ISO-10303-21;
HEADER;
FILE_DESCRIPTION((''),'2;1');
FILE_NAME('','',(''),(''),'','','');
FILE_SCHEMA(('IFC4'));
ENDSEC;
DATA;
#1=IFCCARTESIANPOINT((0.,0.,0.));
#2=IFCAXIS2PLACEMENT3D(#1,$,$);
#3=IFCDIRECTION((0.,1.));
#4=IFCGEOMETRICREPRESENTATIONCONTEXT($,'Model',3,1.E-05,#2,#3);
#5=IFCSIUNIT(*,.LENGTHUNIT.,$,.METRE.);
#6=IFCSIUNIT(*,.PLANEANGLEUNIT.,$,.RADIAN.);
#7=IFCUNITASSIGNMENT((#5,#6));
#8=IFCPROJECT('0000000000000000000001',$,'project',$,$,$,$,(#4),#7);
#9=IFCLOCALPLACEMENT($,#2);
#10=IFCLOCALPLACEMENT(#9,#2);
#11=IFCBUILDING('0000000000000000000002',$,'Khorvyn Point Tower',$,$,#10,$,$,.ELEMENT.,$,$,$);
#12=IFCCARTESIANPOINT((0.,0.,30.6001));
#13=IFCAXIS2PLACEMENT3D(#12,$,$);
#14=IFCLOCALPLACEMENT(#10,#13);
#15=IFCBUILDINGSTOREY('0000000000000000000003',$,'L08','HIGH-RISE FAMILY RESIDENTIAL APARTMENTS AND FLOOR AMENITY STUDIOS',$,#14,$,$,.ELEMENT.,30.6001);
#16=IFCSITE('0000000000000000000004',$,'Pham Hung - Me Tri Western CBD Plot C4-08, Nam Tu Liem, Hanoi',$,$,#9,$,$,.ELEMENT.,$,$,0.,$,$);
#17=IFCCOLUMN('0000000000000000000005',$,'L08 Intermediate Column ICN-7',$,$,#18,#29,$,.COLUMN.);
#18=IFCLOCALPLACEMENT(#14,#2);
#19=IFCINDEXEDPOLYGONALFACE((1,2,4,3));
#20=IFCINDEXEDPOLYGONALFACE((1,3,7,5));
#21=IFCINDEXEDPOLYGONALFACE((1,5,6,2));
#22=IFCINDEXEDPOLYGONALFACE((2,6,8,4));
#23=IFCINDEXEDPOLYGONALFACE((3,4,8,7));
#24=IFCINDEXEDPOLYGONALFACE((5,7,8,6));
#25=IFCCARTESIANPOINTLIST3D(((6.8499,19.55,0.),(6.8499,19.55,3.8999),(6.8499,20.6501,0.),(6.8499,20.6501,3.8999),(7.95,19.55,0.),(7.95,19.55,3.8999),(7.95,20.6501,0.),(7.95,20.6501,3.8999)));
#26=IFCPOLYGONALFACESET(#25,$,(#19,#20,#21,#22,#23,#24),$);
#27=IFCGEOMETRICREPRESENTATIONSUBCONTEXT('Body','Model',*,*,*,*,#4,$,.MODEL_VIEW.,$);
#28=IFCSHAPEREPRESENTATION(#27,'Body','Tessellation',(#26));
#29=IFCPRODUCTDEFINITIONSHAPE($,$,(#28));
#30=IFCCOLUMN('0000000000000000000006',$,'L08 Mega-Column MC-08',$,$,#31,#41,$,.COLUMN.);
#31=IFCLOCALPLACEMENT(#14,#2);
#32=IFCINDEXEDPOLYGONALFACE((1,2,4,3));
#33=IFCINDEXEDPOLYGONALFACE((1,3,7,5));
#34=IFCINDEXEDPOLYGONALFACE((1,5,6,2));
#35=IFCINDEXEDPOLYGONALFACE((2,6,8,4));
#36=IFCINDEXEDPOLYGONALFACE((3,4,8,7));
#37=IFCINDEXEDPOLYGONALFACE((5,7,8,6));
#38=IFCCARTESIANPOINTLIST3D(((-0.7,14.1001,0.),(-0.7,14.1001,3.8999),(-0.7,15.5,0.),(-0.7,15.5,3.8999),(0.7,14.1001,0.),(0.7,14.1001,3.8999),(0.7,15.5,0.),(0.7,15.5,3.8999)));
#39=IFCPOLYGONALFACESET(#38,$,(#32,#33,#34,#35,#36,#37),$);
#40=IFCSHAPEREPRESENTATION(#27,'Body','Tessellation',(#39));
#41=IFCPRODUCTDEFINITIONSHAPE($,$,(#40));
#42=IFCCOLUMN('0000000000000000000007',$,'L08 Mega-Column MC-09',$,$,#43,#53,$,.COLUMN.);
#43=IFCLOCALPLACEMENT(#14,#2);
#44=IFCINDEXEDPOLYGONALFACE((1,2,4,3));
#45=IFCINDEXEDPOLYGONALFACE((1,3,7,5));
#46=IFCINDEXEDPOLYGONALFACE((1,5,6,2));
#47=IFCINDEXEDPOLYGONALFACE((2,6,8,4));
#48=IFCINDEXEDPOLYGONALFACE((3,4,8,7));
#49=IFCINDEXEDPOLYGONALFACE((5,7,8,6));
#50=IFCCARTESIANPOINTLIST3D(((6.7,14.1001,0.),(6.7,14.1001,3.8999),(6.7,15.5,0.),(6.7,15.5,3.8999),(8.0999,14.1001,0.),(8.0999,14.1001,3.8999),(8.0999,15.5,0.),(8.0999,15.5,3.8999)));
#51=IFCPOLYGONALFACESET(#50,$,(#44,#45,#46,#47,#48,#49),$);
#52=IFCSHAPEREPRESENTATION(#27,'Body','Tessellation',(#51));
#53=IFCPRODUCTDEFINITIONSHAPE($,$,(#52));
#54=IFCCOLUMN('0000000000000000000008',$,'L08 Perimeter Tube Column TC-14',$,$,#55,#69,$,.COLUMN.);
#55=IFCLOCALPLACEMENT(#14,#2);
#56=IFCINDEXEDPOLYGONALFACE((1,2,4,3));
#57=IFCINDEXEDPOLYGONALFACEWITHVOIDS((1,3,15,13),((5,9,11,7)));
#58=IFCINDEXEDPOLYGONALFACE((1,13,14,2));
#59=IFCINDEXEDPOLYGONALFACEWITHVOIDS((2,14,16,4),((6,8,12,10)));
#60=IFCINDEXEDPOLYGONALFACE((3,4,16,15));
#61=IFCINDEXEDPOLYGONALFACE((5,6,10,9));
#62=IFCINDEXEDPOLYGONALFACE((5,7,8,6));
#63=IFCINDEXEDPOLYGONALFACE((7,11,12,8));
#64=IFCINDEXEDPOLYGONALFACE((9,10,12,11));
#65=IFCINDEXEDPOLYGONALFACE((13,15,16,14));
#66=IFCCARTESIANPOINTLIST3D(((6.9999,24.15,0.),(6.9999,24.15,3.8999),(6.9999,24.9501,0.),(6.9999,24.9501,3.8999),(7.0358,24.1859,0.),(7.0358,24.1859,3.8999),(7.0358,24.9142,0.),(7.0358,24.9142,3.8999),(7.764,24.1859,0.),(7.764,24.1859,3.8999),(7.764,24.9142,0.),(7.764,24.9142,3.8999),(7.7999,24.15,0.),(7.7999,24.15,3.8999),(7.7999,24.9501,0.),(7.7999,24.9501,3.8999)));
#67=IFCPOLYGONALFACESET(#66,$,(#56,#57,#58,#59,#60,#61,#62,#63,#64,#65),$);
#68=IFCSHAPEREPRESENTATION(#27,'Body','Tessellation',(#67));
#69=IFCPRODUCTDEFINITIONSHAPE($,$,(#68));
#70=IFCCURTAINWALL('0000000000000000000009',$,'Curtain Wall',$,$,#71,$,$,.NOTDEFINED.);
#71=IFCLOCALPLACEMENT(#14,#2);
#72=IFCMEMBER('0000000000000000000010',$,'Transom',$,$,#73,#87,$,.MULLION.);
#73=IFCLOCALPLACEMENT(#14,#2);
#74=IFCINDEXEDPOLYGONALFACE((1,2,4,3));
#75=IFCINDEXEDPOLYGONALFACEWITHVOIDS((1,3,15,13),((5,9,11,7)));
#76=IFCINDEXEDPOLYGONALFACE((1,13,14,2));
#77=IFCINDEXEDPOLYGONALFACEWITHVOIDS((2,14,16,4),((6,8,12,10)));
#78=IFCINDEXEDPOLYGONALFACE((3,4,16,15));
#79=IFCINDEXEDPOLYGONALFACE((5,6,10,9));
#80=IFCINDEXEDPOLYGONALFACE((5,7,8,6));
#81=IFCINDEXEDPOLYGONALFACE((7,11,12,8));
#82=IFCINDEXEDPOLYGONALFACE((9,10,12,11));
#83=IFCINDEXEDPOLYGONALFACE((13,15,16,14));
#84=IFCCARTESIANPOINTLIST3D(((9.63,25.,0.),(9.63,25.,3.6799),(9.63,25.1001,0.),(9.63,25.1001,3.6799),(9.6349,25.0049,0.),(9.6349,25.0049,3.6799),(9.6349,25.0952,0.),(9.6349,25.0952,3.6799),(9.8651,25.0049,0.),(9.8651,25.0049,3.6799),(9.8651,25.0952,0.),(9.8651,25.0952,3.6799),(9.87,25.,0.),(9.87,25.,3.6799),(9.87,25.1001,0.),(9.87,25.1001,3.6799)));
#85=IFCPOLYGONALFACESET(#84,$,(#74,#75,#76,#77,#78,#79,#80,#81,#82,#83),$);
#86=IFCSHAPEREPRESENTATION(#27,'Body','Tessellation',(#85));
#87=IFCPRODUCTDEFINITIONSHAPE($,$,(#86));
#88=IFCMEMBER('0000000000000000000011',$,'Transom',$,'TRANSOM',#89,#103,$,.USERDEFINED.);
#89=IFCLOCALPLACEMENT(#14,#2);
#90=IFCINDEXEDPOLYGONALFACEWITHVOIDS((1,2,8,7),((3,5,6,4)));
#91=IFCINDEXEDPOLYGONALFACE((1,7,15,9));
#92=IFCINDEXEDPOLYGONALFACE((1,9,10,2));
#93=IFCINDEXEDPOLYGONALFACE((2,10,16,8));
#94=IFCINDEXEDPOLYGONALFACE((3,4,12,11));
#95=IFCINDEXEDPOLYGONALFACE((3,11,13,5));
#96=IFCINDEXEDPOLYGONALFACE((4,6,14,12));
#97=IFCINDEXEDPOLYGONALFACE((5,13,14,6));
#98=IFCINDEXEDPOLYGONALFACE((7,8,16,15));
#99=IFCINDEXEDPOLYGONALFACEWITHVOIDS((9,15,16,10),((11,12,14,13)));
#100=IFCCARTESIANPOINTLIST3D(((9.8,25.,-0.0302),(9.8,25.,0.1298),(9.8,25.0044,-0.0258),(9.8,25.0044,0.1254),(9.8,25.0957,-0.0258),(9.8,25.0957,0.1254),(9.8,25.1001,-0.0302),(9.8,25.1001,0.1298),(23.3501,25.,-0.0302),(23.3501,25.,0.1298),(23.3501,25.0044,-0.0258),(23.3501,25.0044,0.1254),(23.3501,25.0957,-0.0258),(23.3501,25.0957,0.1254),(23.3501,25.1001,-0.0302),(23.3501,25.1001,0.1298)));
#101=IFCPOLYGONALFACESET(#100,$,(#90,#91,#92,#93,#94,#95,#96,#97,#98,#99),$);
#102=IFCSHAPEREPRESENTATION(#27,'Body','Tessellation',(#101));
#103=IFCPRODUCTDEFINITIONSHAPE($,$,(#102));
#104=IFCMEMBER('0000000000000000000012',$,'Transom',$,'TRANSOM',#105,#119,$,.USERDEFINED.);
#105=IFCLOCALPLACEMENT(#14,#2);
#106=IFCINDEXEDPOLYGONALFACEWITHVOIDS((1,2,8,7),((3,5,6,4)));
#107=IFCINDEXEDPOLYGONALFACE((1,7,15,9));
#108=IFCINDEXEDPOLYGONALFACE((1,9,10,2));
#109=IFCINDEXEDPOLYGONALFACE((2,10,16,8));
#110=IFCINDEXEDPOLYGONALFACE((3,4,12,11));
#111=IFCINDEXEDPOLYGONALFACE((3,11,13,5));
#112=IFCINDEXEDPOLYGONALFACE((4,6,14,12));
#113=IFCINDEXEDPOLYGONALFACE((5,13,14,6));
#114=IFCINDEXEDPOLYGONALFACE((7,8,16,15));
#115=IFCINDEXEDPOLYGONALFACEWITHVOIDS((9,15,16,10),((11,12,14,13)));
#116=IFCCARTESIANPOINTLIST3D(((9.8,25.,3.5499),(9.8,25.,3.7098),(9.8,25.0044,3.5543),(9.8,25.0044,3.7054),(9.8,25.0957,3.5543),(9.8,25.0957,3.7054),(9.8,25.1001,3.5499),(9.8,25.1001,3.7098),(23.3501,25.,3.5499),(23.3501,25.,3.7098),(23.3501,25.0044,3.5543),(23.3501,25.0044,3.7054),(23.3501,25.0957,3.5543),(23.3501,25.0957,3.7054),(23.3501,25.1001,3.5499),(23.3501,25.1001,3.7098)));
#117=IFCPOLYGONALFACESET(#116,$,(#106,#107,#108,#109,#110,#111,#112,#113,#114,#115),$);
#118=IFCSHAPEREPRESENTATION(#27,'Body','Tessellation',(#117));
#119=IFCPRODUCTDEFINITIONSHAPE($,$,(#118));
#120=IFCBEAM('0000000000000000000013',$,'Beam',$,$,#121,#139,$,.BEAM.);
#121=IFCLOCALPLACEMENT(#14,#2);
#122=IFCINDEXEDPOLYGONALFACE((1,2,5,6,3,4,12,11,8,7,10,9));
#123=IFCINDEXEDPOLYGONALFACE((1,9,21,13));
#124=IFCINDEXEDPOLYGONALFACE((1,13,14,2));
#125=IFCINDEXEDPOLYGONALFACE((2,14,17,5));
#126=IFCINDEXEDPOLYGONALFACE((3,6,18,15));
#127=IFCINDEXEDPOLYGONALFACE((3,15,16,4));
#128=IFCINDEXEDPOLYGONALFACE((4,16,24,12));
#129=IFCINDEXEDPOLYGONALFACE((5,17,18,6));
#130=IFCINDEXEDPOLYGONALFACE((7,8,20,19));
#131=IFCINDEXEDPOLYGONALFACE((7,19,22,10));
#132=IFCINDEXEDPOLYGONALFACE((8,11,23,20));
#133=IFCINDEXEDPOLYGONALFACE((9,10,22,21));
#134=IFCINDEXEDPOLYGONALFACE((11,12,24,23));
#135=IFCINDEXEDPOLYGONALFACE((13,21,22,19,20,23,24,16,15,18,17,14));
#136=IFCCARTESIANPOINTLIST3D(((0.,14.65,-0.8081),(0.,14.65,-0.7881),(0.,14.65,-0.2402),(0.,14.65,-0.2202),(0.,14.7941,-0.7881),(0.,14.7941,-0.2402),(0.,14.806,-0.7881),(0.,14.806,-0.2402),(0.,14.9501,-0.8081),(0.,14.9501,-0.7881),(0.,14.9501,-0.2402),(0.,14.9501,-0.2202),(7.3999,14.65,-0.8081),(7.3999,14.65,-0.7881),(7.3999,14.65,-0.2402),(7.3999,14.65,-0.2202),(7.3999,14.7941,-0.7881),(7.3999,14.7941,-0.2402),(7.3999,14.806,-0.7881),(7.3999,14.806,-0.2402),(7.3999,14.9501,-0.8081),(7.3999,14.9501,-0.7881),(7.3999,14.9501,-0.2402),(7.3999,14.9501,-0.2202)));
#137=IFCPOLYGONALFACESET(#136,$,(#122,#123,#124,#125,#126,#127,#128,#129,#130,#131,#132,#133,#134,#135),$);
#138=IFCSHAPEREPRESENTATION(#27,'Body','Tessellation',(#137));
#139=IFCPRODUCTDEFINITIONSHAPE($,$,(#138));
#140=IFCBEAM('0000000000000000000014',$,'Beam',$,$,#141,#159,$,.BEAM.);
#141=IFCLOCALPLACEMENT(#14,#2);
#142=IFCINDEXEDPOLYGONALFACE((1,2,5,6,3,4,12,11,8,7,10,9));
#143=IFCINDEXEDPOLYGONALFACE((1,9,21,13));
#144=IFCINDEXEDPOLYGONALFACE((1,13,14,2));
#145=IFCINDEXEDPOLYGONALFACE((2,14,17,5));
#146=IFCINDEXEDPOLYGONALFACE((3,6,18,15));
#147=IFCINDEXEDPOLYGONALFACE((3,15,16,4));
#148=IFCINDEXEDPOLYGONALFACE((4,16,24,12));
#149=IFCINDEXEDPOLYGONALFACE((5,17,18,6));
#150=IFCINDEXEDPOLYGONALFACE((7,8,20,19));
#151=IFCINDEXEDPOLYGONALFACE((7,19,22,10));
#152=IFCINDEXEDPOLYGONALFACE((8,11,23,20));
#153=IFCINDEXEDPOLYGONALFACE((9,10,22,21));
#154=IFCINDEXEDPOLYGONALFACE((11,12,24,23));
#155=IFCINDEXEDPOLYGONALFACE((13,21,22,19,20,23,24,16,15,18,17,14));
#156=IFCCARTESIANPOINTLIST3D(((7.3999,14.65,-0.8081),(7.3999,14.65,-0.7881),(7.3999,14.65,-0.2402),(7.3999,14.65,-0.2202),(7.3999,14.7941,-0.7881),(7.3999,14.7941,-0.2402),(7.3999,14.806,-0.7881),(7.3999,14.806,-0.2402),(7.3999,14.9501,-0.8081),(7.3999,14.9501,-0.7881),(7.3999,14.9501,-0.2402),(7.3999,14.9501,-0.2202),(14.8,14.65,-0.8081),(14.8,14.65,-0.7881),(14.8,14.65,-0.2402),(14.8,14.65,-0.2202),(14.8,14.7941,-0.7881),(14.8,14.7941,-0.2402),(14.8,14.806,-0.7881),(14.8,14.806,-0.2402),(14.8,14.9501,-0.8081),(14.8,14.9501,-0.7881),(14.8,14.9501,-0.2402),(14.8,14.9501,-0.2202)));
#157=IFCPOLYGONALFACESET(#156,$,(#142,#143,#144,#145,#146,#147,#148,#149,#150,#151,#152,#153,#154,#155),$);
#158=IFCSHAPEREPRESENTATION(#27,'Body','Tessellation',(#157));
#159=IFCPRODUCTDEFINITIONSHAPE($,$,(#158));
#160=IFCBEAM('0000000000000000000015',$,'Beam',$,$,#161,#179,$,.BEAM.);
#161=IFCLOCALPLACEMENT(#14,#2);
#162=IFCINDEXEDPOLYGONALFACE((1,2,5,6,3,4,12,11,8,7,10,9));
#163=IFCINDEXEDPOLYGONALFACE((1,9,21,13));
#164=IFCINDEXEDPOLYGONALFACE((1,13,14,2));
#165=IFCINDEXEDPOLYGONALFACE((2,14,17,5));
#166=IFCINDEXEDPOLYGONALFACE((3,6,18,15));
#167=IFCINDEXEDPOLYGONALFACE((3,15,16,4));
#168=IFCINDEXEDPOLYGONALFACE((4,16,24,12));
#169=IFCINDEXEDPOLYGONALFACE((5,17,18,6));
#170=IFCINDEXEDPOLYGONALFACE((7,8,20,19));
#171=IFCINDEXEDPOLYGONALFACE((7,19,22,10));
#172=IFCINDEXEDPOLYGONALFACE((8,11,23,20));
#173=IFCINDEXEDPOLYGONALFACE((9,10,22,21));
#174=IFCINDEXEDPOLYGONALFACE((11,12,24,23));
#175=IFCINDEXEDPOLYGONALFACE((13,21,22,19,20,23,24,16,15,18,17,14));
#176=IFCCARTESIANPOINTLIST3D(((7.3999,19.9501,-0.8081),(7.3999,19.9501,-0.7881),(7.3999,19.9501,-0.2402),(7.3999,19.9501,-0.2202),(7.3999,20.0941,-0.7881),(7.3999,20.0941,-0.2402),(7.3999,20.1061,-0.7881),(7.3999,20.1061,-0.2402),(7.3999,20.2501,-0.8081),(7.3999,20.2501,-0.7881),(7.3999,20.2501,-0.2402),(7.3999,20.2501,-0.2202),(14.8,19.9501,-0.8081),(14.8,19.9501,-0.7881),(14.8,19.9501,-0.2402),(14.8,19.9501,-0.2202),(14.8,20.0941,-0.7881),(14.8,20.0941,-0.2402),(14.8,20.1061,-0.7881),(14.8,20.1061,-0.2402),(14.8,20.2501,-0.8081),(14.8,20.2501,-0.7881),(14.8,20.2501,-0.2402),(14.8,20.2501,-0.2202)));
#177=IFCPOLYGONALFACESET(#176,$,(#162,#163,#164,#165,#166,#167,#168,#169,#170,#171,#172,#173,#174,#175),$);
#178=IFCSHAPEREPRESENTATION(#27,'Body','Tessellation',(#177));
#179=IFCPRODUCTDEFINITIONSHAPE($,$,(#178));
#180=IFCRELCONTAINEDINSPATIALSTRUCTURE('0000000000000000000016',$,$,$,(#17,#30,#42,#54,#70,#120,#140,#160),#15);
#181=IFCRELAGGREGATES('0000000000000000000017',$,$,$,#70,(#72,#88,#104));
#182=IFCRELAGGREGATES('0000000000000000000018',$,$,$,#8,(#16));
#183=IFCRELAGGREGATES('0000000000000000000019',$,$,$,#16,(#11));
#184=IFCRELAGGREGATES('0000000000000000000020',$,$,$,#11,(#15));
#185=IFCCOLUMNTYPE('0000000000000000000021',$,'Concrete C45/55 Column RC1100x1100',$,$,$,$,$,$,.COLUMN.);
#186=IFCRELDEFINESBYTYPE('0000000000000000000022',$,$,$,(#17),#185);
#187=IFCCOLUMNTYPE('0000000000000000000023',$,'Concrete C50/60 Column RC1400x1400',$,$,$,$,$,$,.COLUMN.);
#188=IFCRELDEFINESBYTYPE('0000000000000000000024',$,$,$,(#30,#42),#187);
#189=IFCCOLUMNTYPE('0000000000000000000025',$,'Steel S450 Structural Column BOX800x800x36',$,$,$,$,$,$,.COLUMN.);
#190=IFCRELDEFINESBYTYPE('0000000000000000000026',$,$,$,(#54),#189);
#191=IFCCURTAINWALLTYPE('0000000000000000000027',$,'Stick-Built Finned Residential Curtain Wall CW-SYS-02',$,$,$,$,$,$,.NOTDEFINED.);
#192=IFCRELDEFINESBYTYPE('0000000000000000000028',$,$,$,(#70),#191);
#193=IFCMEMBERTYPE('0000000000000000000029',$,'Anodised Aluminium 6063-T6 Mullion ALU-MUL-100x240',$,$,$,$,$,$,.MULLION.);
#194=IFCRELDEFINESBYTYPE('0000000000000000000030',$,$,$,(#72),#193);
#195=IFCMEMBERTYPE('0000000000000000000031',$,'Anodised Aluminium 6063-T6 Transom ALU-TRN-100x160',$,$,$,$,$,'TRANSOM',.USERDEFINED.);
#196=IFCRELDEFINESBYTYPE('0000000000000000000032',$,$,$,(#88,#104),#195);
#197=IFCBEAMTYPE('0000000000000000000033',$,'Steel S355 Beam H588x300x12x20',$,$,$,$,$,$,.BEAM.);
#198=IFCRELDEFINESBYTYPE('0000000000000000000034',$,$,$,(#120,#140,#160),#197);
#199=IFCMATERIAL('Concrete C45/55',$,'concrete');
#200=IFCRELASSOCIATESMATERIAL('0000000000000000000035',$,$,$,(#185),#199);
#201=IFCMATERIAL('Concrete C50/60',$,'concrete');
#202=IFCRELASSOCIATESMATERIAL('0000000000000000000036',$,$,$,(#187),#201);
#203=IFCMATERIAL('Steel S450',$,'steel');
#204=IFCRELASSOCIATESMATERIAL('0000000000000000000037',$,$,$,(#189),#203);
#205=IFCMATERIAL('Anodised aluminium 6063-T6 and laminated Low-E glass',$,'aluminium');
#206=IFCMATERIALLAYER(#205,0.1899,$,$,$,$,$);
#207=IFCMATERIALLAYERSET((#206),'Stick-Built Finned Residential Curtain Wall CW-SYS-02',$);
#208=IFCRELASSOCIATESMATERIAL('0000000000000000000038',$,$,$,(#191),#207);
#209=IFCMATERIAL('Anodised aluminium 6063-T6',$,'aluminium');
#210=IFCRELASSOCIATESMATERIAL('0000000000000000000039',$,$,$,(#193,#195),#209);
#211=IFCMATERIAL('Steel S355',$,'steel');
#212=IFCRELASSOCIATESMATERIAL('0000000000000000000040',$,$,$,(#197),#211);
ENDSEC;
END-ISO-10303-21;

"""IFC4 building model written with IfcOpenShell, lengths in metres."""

from ifc_helpers import new_model, si_unit, direction, frame, origin, origin_2d, place, context, subcontext, project, spatial, rectangle, hollow_rectangle, i_section, extrude, material, layer, layer_set, material_profile, profile_set, type_object, element, aggregate, save


model = new_model("IFC4")

# Units and contexts
model_context = context("Model", 3, precision=1e-05, world=origin(), true_north=direction((0.0, 1.0)))
body_context = subcontext(model_context, "Body", "Model", "MODEL_VIEW")
ifc_project = project(units=[si_unit("LENGTHUNIT", "METRE"), si_unit("PLANEANGLEUNIT", "RADIAN")], contexts=[model_context])

# Site, building, storey
site_placement = place(None, origin())
site = spatial("IfcSite", under=ifc_project, at=site_placement, Name="Pham Hung - Me Tri Western CBD Plot C4-08, Nam Tu Liem, Hanoi", CompositionType="ELEMENT", RefElevation=0.0)
building_placement = place(site_placement, origin())
building = spatial("IfcBuilding", under=site, at=building_placement, Name="Khorvyn Point Tower", CompositionType="ELEMENT")
storey_placement = place(building_placement, frame((0.0, 0.0, 30.6001)))
storey = spatial("IfcBuildingStorey", under=building, at=storey_placement, Name="L08", Description="HIGH-RISE FAMILY RESIDENTIAL APARTMENTS AND FLOOR AMENITY STUDIOS", CompositionType="ELEMENT", Elevation=30.6001)

# Columns
ifc_material_1 = material(Name="Concrete C45/55", Category="concrete")
ifc_material_profile_1 = material_profile(ifc_material_1, rectangle(XDim=1.1001, YDim=1.1001, at=origin_2d()))
ifc_profile_set_1 = profile_set([ifc_material_profile_1], Name="Concrete C45/55 RC1100x1100")
column_type_1 = type_object("IfcColumnType", Name="Concrete C45/55 Column RC1100x1100", PredefinedType="COLUMN", material=ifc_profile_set_1)
column_1_placement = place(storey_placement, frame((7.3999, 20.1001, 0.0), z_axis=(0.0, 0.0, 1.0), x_axis=(1.0, 0.0, 0.0)))
element("IfcColumn", 1, at=column_1_placement, inside=storey, type_object=column_type_1, Name="L08 Intermediate Column ICN-7", PredefinedType="COLUMN", context=body_context, shape_type="SweptSolid", body=[
    extrude(rectangle(XDim=1.1001, YDim=1.1001, at=origin_2d()), origin(), (0.0, 0.0, 1.0), 3.8999),
])
ifc_material_2 = material(Name="Concrete C50/60", Category="concrete")
ifc_material_profile_2 = material_profile(ifc_material_2, rectangle(XDim=1.3999, YDim=1.3999, at=origin_2d()))
ifc_profile_set_2 = profile_set([ifc_material_profile_2], Name="Concrete C50/60 RC1400x1400")
column_type_2 = type_object("IfcColumnType", Name="Concrete C50/60 Column RC1400x1400", PredefinedType="COLUMN", material=ifc_profile_set_2)
for number, where, z_axis, x_axis, name in (
    (2, (0.0, 14.8, 0.0), (0.0, 0.0, 1.0), (1.0, 0.0, 0.0), "L08 Mega-Column MC-08"),
    (3, (7.3999, 14.8, 0.0), (0.0, 0.0, 1.0), (1.0, 0.0, 0.0), "L08 Mega-Column MC-09"),
):
    element("IfcColumn", number, at=place(storey_placement, frame(where, z_axis=z_axis, x_axis=x_axis)), inside=storey, type_object=column_type_2, Name=name, PredefinedType="COLUMN", context=body_context, shape_type="SweptSolid", body=[
        extrude(rectangle(XDim=1.3999, YDim=1.3999, at=origin_2d()), origin(), (0.0, 0.0, 1.0), 3.8999),
    ])
ifc_material_3 = material(Name="Steel S450", Category="steel")
ifc_material_profile_3 = material_profile(ifc_material_3, hollow_rectangle(XDim=0.8, YDim=0.8, WallThickness=0.0359, at=origin_2d()))
ifc_profile_set_3 = profile_set([ifc_material_profile_3], Name="Steel S450 BOX800x800x36")
column_type_3 = type_object("IfcColumnType", Name="Steel S450 Structural Column BOX800x800x36", PredefinedType="COLUMN", material=ifc_profile_set_3)
column_2_placement = place(storey_placement, frame((7.3999, 24.55, 0.0), z_axis=(0.0, 0.0, 1.0), x_axis=(1.0, 0.0, 0.0)))
element("IfcColumn", 4, at=column_2_placement, inside=storey, type_object=column_type_3, Name="L08 Perimeter Tube Column TC-14", PredefinedType="COLUMN", context=body_context, shape_type="SweptSolid", body=[
    extrude(hollow_rectangle(XDim=0.8, YDim=0.8, WallThickness=0.0359, at=origin_2d()), origin(), (0.0, 0.0, 1.0), 3.8999),
])

# Curtain wall, members
ifc_material_4 = material(Name="Anodised aluminium 6063-T6 and laminated Low-E glass", Category="aluminium")
ifc_layer_1 = layer(ifc_material_4, 0.1899)
ifc_layer_set_1 = layer_set([ifc_layer_1], Name="Stick-Built Finned Residential Curtain Wall CW-SYS-02")
curtain_wall_type = type_object("IfcCurtainWallType", Name="Stick-Built Finned Residential Curtain Wall CW-SYS-02", PredefinedType="NOTDEFINED", material=ifc_layer_set_1)
curtain_wall_placement = place(storey_placement, origin())
curtain_wall = element("IfcCurtainWall", 5, at=curtain_wall_placement, inside=storey, type_object=curtain_wall_type, Name="Curtain Wall", PredefinedType="NOTDEFINED")
ifc_material_5 = material(Name="Anodised aluminium 6063-T6", Category="aluminium")
ifc_material_profile_4 = material_profile(ifc_material_5, hollow_rectangle(XDim=0.1001, YDim=0.24, WallThickness=0.0049, at=origin_2d()))
ifc_profile_set_4 = profile_set([ifc_material_profile_4], Name="Anodised aluminium 6063-T6 ALU-MUL-100x240")
member_type_1 = type_object("IfcMemberType", Name="Anodised Aluminium 6063-T6 Mullion ALU-MUL-100x240", PredefinedType="MULLION", material=ifc_profile_set_4)
member_1_placement = place(storey_placement, frame((9.75, 25.05, 0.0), z_axis=(0.0, 0.0, 1.0), x_axis=(0.0, 1.0, 0.0)))
member_1 = element("IfcMember", 6, at=member_1_placement, type_object=member_type_1, Name="Transom", PredefinedType="MULLION", context=body_context, shape_type="SweptSolid", body=[
    extrude(hollow_rectangle(XDim=0.1001, YDim=0.24, WallThickness=0.0049, at=origin_2d()), origin(), (0.0, 0.0, 1.0), 3.6799),
])
ifc_material_profile_5 = material_profile(ifc_material_5, hollow_rectangle(XDim=0.1001, YDim=0.1599, WallThickness=0.0044, at=origin_2d()))
ifc_profile_set_5 = profile_set([ifc_material_profile_5], Name="Anodised aluminium 6063-T6 ALU-TRN-100x160")
member_type_2 = type_object("IfcMemberType", Name="Anodised Aluminium 6063-T6 Transom ALU-TRN-100x160", ElementType="TRANSOM", PredefinedType="USERDEFINED", material=ifc_profile_set_5)
member_2_placement = place(storey_placement, frame((9.8, 25.05, 0.0498), z_axis=(1.0, 0.0, 0.0), x_axis=(0.0, 1.0, 0.0)))
member_2 = element("IfcMember", 7, at=member_2_placement, type_object=member_type_2, Name="Transom", ObjectType="TRANSOM", PredefinedType="USERDEFINED", context=body_context, shape_type="SweptSolid", body=[
    extrude(hollow_rectangle(XDim=0.1001, YDim=0.1599, WallThickness=0.0044, at=origin_2d()), origin(), (0.0, 0.0, 1.0), 13.55),
])
member_3_placement = place(storey_placement, frame((9.8, 25.05, 3.6299), z_axis=(1.0, 0.0, 0.0), x_axis=(0.0, 1.0, 0.0)))
member_3 = element("IfcMember", 8, at=member_3_placement, type_object=member_type_2, Name="Transom", ObjectType="TRANSOM", PredefinedType="USERDEFINED", context=body_context, shape_type="SweptSolid", body=[
    extrude(hollow_rectangle(XDim=0.1001, YDim=0.1599, WallThickness=0.0044, at=origin_2d()), origin(), (0.0, 0.0, 1.0), 13.55),
])

# Beams
ifc_material_6 = material(Name="Steel S355", Category="steel")
ifc_material_profile_6 = material_profile(ifc_material_6, i_section(OverallWidth=0.3, OverallDepth=0.5879, WebThickness=0.012, FlangeThickness=0.02, at=origin_2d()))
ifc_profile_set_6 = profile_set([ifc_material_profile_6], Name="Steel S355 H588x300x12x20")
beam_type_1 = type_object("IfcBeamType", Name="Steel S355 Beam H588x300x12x20", PredefinedType="BEAM", material=ifc_profile_set_6)
beam_1_placement = place(storey_placement, frame((0.0, 14.8, -0.5142), z_axis=(1.0, 0.0, 0.0), x_axis=(0.0, 1.0, 0.0)))
element("IfcBeam", 9, at=beam_1_placement, inside=storey, type_object=beam_type_1, Name="Beam", PredefinedType="BEAM", context=body_context, shape_type="SweptSolid", body=[
    extrude(i_section(OverallWidth=0.3, OverallDepth=0.5879, WebThickness=0.012, FlangeThickness=0.02, at=origin_2d()), origin(), (0.0, 0.0, 1.0), 7.3999),
])
for number, where, z_axis, x_axis, name in (
    (10, (7.3999, 14.8, -0.5142), (1.0, 0.0, 0.0), (0.0, 1.0, 0.0), "Beam"),
    (11, (7.3999, 20.1001, -0.5142), (1.0, 0.0, 0.0), (0.0, 1.0, 0.0), "Beam"),
):
    element("IfcBeam", number, at=place(storey_placement, frame(where, z_axis=z_axis, x_axis=x_axis)), inside=storey, type_object=beam_type_1, Name=name, PredefinedType="BEAM", context=body_context, shape_type="SweptSolid", body=[
        extrude(i_section(OverallWidth=0.3, OverallDepth=0.5879, WebThickness=0.012, FlangeThickness=0.02, at=origin_2d()), origin(), (0.0, 0.0, 1.0), 7.4001),
    ])

aggregate(curtain_wall, [member_1, member_2, member_3])

save(model, "model.ifc")
